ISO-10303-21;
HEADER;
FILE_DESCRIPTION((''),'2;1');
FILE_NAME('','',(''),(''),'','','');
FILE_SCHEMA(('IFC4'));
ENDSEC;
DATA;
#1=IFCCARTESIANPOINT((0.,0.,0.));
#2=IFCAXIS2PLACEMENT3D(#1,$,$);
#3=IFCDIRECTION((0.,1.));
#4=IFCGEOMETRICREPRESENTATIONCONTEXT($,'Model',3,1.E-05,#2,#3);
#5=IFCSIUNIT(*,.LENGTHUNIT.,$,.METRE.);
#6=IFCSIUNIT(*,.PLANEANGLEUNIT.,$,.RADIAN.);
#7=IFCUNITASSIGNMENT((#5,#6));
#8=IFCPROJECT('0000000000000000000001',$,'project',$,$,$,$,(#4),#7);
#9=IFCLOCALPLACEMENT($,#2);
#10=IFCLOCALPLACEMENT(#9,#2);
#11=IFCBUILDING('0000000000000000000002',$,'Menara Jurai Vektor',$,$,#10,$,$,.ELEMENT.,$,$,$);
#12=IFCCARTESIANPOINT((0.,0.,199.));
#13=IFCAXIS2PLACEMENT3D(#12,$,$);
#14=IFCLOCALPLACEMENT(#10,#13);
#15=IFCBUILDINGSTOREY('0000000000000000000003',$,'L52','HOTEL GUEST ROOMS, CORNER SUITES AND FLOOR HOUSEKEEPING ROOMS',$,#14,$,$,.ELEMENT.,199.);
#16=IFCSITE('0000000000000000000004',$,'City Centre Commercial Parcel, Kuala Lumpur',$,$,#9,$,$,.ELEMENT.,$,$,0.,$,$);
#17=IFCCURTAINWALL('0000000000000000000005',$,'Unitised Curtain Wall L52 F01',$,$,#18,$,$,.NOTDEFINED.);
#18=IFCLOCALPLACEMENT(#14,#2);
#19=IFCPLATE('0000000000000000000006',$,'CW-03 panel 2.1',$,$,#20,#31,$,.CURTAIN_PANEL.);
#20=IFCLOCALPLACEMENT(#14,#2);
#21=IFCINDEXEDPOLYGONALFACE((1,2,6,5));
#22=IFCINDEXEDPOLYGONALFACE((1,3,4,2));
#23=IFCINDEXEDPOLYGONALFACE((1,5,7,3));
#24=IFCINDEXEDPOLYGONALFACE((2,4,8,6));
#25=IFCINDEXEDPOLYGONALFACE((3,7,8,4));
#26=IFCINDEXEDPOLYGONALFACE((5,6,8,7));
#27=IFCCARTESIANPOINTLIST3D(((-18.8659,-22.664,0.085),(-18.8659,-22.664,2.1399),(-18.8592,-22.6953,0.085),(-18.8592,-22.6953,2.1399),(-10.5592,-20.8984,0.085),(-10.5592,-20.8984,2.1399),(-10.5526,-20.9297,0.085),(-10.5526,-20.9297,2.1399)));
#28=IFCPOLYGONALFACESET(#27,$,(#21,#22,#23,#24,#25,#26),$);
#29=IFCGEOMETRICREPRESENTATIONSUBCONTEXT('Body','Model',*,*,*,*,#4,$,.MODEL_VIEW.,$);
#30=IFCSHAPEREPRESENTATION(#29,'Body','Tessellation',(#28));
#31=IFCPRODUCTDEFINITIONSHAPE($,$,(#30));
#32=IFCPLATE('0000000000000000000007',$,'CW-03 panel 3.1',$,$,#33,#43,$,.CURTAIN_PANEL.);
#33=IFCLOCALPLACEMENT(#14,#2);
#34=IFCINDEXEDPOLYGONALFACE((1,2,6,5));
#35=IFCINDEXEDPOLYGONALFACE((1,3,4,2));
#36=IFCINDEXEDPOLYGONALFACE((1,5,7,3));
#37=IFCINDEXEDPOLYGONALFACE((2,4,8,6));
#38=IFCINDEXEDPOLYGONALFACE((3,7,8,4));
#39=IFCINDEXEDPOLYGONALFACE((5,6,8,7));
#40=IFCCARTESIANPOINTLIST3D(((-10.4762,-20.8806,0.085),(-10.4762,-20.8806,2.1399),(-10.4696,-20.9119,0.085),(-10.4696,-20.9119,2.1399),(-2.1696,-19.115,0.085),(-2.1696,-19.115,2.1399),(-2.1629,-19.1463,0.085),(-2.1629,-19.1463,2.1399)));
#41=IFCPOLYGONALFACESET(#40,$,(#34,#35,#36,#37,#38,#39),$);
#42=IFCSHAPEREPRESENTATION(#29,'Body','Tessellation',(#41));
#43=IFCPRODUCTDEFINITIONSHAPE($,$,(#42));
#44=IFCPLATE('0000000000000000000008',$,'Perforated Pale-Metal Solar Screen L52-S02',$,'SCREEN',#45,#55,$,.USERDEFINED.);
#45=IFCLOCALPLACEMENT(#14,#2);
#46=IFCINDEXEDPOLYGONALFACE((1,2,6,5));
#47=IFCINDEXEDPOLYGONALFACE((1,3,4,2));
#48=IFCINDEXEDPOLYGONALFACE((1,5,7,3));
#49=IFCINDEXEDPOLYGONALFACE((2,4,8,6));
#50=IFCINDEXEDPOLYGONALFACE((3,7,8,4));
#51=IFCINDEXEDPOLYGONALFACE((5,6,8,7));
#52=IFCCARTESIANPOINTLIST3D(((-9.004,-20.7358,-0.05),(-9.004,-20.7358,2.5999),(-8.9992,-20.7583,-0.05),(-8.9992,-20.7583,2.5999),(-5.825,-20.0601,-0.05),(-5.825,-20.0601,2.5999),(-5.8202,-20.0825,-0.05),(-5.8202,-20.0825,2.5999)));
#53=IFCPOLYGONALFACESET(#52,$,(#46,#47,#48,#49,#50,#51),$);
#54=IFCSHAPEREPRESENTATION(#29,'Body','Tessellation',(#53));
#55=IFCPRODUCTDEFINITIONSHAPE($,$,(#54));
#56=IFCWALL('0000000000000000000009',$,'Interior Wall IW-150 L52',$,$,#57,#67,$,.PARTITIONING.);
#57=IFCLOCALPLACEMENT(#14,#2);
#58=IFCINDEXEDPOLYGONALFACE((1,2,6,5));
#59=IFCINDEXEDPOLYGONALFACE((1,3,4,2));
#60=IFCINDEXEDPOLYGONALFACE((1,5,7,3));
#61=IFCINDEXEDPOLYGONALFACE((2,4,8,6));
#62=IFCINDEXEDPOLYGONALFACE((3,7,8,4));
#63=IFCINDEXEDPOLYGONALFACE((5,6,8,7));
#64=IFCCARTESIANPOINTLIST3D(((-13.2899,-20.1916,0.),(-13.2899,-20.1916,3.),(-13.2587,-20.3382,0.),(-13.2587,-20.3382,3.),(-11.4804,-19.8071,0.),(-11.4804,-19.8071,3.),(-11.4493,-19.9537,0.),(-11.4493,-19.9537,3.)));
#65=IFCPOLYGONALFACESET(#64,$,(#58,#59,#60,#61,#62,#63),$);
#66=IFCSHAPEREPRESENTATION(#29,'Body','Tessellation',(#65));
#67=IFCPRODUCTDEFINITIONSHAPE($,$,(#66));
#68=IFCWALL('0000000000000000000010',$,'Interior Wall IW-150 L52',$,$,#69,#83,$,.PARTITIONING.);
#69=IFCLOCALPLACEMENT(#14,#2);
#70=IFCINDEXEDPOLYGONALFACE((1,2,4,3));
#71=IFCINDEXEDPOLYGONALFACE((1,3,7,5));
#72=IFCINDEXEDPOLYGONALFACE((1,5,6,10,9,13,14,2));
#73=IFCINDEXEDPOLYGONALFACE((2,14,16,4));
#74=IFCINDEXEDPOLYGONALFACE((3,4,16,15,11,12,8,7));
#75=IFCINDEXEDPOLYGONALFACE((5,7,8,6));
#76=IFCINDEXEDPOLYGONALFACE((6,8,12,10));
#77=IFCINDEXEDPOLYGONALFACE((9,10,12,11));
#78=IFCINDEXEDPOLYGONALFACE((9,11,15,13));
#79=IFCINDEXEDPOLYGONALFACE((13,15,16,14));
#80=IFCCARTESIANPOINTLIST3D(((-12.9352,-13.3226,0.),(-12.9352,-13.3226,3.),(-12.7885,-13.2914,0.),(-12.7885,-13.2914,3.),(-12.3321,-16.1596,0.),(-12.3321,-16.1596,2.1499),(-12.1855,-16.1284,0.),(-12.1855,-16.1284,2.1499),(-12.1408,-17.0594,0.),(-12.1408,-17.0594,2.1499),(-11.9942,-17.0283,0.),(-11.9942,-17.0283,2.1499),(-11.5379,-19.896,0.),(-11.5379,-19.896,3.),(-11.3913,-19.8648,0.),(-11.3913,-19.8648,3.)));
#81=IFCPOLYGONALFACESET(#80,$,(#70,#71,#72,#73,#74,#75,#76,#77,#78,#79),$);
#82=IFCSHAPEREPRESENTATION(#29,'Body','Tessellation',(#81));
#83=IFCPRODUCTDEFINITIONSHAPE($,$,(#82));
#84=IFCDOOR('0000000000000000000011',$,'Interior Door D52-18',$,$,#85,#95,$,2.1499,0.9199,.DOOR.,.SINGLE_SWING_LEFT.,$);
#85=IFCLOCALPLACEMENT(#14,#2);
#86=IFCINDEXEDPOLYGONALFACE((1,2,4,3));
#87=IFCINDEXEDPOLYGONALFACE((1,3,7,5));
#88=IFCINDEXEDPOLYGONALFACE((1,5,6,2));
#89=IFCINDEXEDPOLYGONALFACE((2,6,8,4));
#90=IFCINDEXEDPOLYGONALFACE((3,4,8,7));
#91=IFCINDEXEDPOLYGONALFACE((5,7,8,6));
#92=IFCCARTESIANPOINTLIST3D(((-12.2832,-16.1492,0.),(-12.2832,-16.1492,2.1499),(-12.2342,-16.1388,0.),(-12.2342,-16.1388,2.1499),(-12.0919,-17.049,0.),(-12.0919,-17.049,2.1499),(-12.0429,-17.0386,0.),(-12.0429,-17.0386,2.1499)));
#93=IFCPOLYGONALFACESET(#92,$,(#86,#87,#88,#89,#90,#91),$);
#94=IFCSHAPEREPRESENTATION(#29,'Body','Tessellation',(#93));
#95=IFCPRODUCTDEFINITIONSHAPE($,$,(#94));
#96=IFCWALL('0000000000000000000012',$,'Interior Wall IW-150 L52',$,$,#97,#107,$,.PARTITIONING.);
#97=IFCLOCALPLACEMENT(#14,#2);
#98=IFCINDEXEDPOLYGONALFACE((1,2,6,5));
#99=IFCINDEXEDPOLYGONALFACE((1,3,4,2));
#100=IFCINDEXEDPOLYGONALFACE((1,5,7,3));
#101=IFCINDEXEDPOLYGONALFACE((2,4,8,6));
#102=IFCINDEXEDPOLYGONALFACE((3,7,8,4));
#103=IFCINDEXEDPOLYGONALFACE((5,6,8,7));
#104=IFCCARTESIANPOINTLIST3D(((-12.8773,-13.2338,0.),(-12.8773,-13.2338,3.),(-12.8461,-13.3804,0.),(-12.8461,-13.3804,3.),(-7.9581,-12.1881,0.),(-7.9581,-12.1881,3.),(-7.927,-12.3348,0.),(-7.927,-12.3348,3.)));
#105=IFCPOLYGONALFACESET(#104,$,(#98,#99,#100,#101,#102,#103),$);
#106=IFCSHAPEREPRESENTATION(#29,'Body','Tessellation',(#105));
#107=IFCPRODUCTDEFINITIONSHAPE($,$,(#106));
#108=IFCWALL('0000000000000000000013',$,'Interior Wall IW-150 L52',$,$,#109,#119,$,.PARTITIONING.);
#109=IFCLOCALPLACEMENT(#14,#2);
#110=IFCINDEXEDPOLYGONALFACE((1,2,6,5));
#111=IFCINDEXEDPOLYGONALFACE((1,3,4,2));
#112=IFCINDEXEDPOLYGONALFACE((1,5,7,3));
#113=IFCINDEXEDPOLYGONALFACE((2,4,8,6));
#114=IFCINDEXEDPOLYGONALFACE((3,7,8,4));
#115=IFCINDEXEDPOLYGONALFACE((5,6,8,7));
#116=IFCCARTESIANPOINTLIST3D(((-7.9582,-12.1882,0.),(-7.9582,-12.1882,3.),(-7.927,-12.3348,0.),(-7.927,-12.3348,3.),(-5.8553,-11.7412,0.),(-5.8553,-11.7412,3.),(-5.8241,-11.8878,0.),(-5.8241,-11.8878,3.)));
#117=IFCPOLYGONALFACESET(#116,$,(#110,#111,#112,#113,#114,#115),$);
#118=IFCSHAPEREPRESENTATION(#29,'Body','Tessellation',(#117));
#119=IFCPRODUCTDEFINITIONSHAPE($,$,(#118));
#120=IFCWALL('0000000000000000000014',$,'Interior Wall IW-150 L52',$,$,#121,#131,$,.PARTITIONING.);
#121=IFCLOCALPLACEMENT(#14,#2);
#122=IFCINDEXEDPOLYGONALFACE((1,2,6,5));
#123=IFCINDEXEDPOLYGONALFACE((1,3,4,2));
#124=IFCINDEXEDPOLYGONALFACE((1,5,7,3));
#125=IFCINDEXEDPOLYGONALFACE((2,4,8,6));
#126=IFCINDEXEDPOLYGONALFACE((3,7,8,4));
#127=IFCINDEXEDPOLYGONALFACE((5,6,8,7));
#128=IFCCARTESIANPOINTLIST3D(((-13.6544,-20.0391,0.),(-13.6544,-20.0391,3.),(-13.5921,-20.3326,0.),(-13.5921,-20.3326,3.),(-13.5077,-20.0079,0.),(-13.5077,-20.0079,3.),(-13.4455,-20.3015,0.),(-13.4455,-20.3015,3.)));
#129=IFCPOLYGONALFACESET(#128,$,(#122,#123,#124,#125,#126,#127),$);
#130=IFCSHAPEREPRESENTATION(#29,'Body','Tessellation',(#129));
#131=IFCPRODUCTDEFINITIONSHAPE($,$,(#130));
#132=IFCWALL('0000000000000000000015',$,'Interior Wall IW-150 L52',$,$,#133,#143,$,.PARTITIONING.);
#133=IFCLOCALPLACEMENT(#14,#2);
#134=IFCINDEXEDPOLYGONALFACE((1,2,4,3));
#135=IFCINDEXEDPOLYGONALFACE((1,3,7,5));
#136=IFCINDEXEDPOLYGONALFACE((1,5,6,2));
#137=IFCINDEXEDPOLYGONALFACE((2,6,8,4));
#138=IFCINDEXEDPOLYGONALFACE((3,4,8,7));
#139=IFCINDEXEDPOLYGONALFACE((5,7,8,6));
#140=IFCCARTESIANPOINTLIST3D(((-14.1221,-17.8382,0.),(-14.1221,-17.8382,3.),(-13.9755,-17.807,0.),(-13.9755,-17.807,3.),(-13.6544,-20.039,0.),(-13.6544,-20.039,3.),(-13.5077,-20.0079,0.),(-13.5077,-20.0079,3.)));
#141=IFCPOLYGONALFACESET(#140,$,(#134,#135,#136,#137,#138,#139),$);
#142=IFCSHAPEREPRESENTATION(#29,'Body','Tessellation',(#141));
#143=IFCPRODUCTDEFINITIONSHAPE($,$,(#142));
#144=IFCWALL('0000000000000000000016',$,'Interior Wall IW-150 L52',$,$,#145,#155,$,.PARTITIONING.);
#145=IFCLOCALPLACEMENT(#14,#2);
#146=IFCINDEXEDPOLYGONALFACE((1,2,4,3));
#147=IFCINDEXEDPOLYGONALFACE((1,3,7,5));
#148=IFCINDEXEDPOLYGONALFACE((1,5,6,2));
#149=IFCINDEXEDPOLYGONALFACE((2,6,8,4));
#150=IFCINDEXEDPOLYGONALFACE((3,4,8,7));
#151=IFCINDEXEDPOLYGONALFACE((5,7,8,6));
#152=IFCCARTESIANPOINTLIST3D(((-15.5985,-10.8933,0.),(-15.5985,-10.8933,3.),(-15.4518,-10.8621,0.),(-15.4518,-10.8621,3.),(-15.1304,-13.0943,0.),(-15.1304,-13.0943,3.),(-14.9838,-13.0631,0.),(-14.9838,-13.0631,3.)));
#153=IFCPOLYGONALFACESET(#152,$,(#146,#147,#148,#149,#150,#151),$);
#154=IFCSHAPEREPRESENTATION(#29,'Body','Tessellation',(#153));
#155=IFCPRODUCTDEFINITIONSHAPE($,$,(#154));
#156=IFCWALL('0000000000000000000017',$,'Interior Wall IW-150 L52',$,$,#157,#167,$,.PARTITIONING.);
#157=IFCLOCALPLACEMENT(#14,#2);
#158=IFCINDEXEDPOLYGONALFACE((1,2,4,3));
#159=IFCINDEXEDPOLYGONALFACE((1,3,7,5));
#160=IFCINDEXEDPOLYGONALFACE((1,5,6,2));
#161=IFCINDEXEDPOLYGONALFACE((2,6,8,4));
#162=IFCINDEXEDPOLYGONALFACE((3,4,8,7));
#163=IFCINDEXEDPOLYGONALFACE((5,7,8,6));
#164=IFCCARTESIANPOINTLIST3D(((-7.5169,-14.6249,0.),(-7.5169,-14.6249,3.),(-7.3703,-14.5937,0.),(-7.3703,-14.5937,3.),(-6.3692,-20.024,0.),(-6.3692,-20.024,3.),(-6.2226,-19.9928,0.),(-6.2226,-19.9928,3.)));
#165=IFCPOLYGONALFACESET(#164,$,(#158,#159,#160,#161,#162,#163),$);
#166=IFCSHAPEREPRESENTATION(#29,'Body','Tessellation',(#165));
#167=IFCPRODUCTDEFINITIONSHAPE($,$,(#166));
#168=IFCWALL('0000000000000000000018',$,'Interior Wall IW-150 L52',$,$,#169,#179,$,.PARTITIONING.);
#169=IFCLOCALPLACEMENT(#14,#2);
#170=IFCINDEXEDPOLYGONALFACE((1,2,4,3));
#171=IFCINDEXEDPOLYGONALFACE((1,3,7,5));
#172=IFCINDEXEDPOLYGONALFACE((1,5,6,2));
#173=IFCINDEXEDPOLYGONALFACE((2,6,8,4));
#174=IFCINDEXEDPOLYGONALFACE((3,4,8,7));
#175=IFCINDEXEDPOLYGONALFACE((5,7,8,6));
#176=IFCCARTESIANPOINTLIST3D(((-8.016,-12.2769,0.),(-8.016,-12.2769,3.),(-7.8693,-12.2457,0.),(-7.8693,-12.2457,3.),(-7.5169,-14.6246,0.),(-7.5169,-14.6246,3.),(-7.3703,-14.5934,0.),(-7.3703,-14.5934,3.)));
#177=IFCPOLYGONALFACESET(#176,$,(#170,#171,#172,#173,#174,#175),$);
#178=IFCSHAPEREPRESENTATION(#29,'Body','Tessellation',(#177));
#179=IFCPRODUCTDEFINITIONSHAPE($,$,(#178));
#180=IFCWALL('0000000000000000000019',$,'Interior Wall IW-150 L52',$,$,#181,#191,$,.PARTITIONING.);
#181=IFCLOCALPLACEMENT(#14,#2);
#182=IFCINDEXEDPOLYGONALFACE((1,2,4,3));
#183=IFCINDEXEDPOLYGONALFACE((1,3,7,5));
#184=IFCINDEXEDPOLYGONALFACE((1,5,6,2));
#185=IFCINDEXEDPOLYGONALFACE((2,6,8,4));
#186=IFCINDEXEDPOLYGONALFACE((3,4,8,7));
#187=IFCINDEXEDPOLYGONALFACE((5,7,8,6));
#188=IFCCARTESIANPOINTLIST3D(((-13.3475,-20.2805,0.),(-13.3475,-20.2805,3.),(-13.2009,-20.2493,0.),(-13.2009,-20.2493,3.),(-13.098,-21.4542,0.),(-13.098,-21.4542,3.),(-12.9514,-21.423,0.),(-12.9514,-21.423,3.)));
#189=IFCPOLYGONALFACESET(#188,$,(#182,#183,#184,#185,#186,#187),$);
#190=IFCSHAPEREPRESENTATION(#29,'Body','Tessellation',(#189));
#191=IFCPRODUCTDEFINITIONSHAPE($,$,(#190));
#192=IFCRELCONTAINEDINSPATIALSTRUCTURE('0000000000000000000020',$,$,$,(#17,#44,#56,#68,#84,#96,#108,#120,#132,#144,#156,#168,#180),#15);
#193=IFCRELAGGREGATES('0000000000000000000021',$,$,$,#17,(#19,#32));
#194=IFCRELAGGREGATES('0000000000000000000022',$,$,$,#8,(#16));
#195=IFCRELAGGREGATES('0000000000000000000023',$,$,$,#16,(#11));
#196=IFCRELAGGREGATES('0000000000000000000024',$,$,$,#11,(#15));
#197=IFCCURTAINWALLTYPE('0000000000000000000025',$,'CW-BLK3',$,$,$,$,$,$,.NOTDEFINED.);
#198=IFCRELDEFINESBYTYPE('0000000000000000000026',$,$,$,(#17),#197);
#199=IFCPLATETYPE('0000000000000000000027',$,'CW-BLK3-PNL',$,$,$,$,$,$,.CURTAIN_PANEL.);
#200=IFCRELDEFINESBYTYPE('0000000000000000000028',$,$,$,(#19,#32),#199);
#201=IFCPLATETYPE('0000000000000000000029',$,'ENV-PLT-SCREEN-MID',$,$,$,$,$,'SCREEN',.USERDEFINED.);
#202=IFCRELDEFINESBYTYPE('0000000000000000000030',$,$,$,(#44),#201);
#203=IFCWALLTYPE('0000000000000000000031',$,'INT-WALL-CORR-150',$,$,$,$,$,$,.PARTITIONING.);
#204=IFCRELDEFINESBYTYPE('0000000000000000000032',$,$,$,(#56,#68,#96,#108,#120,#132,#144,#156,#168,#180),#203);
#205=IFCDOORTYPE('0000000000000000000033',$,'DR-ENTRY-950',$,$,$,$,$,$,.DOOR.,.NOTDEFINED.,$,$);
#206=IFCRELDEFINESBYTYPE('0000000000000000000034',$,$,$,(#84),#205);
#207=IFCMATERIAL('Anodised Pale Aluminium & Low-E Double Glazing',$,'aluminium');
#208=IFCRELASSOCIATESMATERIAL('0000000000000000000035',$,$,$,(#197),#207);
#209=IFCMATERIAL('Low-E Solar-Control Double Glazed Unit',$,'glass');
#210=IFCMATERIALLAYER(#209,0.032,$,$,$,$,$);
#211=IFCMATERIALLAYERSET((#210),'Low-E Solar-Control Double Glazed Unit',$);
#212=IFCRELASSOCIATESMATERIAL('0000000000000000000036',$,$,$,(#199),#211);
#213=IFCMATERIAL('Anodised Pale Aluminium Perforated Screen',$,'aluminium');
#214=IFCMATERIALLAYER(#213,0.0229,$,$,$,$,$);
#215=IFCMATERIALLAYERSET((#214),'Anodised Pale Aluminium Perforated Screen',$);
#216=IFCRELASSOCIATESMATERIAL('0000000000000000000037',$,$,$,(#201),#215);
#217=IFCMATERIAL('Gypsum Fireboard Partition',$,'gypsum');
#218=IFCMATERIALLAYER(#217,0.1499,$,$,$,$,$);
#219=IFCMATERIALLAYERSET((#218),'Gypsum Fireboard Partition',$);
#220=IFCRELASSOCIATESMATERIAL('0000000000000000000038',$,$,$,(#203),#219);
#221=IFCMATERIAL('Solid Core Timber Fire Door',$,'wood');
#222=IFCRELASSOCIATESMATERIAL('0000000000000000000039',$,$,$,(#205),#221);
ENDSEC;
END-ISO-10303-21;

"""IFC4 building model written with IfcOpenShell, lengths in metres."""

from ifc_helpers import new_model, si_unit, direction, frame, frame_2d, origin, origin_2d, place, context, subcontext, project, spatial, rectangle, extrude, material, layer, layer_set, type_object, element, fill, aggregate, save


model = new_model("IFC4")

# Units and contexts
model_context = context("Model", 3, precision=1e-05, world=origin(), true_north=direction((0.0, 1.0)))
body_context = subcontext(model_context, "Body", "Model", "MODEL_VIEW")
ifc_project = project(units=[si_unit("LENGTHUNIT", "METRE"), si_unit("PLANEANGLEUNIT", "RADIAN")], contexts=[model_context])

# Site, building, storey
site_placement = place(None, origin())
site = spatial("IfcSite", under=ifc_project, at=site_placement, Name="City Centre Commercial Parcel, Kuala Lumpur", CompositionType="ELEMENT", RefElevation=0.0)
building_placement = place(site_placement, origin())
building = spatial("IfcBuilding", under=site, at=building_placement, Name="Menara Jurai Vektor", CompositionType="ELEMENT")
storey_placement = place(building_placement, frame((0.0, 0.0, 199.0)))
storey = spatial("IfcBuildingStorey", under=building, at=storey_placement, Name="L52", Description="HOTEL GUEST ROOMS, CORNER SUITES AND FLOOR HOUSEKEEPING ROOMS", CompositionType="ELEMENT", Elevation=199.0)

# Curtain wall
ifc_material_1 = material(Name="Anodised Pale Aluminium & Low-E Double Glazing", Category="aluminium")
curtain_wall_type = type_object("IfcCurtainWallType", Name="CW-BLK3", PredefinedType="NOTDEFINED", material=ifc_material_1)
curtain_wall_placement = place(storey_placement, origin())
curtain_wall = element("IfcCurtainWall", 1, at=curtain_wall_placement, inside=storey, type_object=curtain_wall_type, Name="Unitised Curtain Wall L52 F01", PredefinedType="NOTDEFINED")

# Plates
ifc_material_2 = material(Name="Low-E Solar-Control Double Glazed Unit", Category="glass")
ifc_layer_1 = layer(ifc_material_2, 0.032)
ifc_layer_set_1 = layer_set([ifc_layer_1], Name="Low-E Solar-Control Double Glazed Unit")
plate_type_1 = type_object("IfcPlateType", Name="CW-BLK3-PNL", PredefinedType="CURTAIN_PANEL", material=ifc_layer_set_1)
plate_1_placement = place(storey_placement, frame((-14.7092, -21.7969, 0.085), z_axis=(0.0, 0.0, 1.0), x_axis=(0.978148, 0.207911, 0.0)))
plate_1 = element("IfcPlate", 2, at=plate_1_placement, type_object=plate_type_1, Name="CW-03 panel 2.1", PredefinedType="CURTAIN_PANEL", context=body_context, shape_type="SweptSolid", body=[
    extrude(rectangle(XDim=8.4922, YDim=0.032, at=origin_2d()), origin(), (0.0, 0.0, 1.0), 2.0549),
])
plate_2_placement = place(storey_placement, frame((-6.3196, -20.0134, 0.085), z_axis=(0.0, 0.0, 1.0), x_axis=(0.978148, 0.207911, 0.0)))
plate_2 = element("IfcPlate", 3, at=plate_2_placement, type_object=plate_type_1, Name="CW-03 panel 3.1", PredefinedType="CURTAIN_PANEL", context=body_context, shape_type="SweptSolid", body=[
    extrude(rectangle(XDim=8.4922, YDim=0.032, at=origin_2d()), origin(), (0.0, 0.0, 1.0), 2.0549),
])
aggregate(curtain_wall, [plate_1, plate_2])
ifc_material_3 = material(Name="Anodised Pale Aluminium Perforated Screen", Category="aluminium")
ifc_layer_2 = layer(ifc_material_3, 0.0229)
ifc_layer_set_2 = layer_set([ifc_layer_2], Name="Anodised Pale Aluminium Perforated Screen")
plate_type_2 = type_object("IfcPlateType", Name="ENV-PLT-SCREEN-MID", ElementType="SCREEN", PredefinedType="USERDEFINED", material=ifc_layer_set_2)
plate_3_placement = place(storey_placement, frame((-7.4121, -20.4092, -0.05), z_axis=(0.0, 0.0, 1.0), x_axis=(0.978148, 0.207912, 0.0)))
element("IfcPlate", 4, at=plate_3_placement, inside=storey, type_object=plate_type_2, Name="Perforated Pale-Metal Solar Screen L52-S02", ObjectType="SCREEN", PredefinedType="USERDEFINED", context=body_context, shape_type="SweptSolid", body=[
    extrude(rectangle(XDim=3.25, YDim=0.0229, at=origin_2d()), origin(), (0.0, 0.0, 1.0), 2.6499),
])

# Wall
ifc_material_4 = material(Name="Gypsum Fireboard Partition", Category="gypsum")
ifc_layer_3 = layer(ifc_material_4, 0.1499)
ifc_layer_set_3 = layer_set([ifc_layer_3], Name="Gypsum Fireboard Partition")
wall_type = type_object("IfcWallType", Name="INT-WALL-CORR-150", PredefinedType="PARTITIONING", material=ifc_layer_set_3)
wall_1_placement = place(storey_placement, frame((-13.2742, -20.2649, 0.0), z_axis=(0.0, 0.0, 1.0), x_axis=(0.97816, 0.207852, 0.0)))
element("IfcWall", 5, at=wall_1_placement, inside=storey, type_object=wall_type, Name="Interior Wall IW-150 L52", PredefinedType="PARTITIONING", context=body_context, shape_type="SweptSolid", body=[
    extrude(rectangle(XDim=1.8499, YDim=0.1499, at=frame_2d((0.9248, 0.0))), origin(), (0.0, 0.0, 1.0), 3.0),
])

# Wall, opening, door
wall_2_placement = place(storey_placement, frame((-11.4646, -19.8804, 0.0), z_axis=(0.0, 0.0, 1.0), x_axis=(-0.207916, 0.978147, 0.0)))
wall_2 = element("IfcWall", 6, at=wall_2_placement, inside=storey, type_object=wall_type, Name="Interior Wall IW-150 L52", PredefinedType="PARTITIONING", context=body_context, shape_type="SweptSolid", body=[
    extrude(rectangle(XDim=6.7202, YDim=0.1499, at=frame_2d((3.3601, 0.0))), origin(), (0.0, 0.0, 1.0), 3.0),
])
opening_1_placement = place(wall_2_placement, frame((2.8999, 0.0, 0.0)))
opening_1 = element("IfcOpeningElement", 7, at=opening_1_placement, cuts=wall_2, PredefinedType="OPENING", context=body_context, shape_type="SweptSolid", body=[
    extrude(rectangle(XDim=0.9199, YDim=2.1499, at=frame_2d((0.46, 1.075))), frame((0.0, 0.085, 0.0), z_axis=(0.0, -1.0, 0.0), x_axis=(1.0, 0.0, 0.0)), (0.0, 0.0, 1.0), 0.1699),
])
ifc_material_5 = material(Name="Solid Core Timber Fire Door", Category="wood")
door_type_1 = type_object("IfcDoorType", Name="DR-ENTRY-950", OperationType="NOTDEFINED", PredefinedType="DOOR", material=ifc_material_5)
door_1_placement = place(opening_1_placement, origin())
door_1 = element("IfcDoor", 8, at=door_1_placement, inside=storey, type_object=door_type_1, Name="Interior Door D52-18", OperationType="SINGLE_SWING_LEFT", OverallHeight=2.1499, OverallWidth=0.9199, PredefinedType="DOOR", context=body_context, shape_type="SweptSolid", body=[
    extrude(rectangle(XDim=0.9199, YDim=2.1499, at=frame_2d((0.46, 1.075))), frame((0.0, 0.0249, 0.0), z_axis=(0.0, -1.0, 0.0), x_axis=(1.0, 0.0, 0.0)), (0.0, 0.0, 1.0), 0.05),
])
fill(opening_1, door_1)

# Walls
wall_3_placement = place(storey_placement, frame((-12.8618, -13.3071, 0.0), z_axis=(0.0, 0.0, 1.0), x_axis=(0.978146, 0.207921, 0.0)))
element("IfcWall", 9, at=wall_3_placement, inside=storey, type_object=wall_type, Name="Interior Wall IW-150 L52", PredefinedType="PARTITIONING", context=body_context, shape_type="SweptSolid", body=[
    extrude(rectangle(XDim=5.0291, YDim=0.1499, at=frame_2d((2.5146, 0.0))), origin(), (0.0, 0.0, 1.0), 3.0),
])
wall_4_placement = place(storey_placement, frame((-7.9426, -12.2615, 0.0), z_axis=(0.0, 0.0, 1.0), x_axis=(0.978147, 0.207916, 0.0)))
element("IfcWall", 10, at=wall_4_placement, inside=storey, type_object=wall_type, Name="Interior Wall IW-150 L52", PredefinedType="PARTITIONING", context=body_context, shape_type="SweptSolid", body=[
    extrude(rectangle(XDim=2.1499, YDim=0.1499, at=frame_2d((1.075, 0.0))), origin(), (0.0, 0.0, 1.0), 3.0),
])
wall_5_placement = place(storey_placement, frame((-13.5188, -20.3169, 0.0), z_axis=(0.0, 0.0, 1.0), x_axis=(-0.207528, 0.978229, 0.0)))
element("IfcWall", 11, at=wall_5_placement, inside=storey, type_object=wall_type, Name="Interior Wall IW-150 L52", PredefinedType="PARTITIONING", context=body_context, shape_type="SweptSolid", body=[
    extrude(rectangle(XDim=0.3, YDim=0.1499, at=frame_2d((0.1499, 0.0))), origin(), (0.0, 0.0, 1.0), 3.0),
])

# Walls
wall_6_placement = place(storey_placement, frame((-13.5811, -20.0234, 0.0), z_axis=(0.0, 0.0, 1.0), x_axis=(-0.207891, 0.978152, 0.0)))
element("IfcWall", 12, at=wall_6_placement, inside=storey, type_object=wall_type, Name="Interior Wall IW-150 L52", PredefinedType="PARTITIONING", context=body_context, shape_type="SweptSolid", body=[
    extrude(rectangle(XDim=2.25, YDim=0.1499, at=frame_2d((1.125, 0.0))), origin(), (0.0, 0.0, 1.0), 3.0),
])
wall_7_placement = place(storey_placement, frame((-15.0571, -13.0786, 0.0), z_axis=(0.0, 0.0, 1.0), x_axis=(-0.207995, 0.97813, 0.0)))
element("IfcWall", 13, at=wall_7_placement, inside=storey, type_object=wall_type, Name="Interior Wall IW-150 L52", PredefinedType="PARTITIONING", context=body_context, shape_type="SweptSolid", body=[
    extrude(rectangle(XDim=2.2502, YDim=0.1499, at=frame_2d((1.125, 0.0))), origin(), (0.0, 0.0, 1.0), 3.0),
])
wall_8_placement = place(storey_placement, frame((-6.2959, -20.0083, 0.0), z_axis=(0.0, 0.0, 1.0), x_axis=(-0.207925, 0.978145, 0.0)))
element("IfcWall", 14, at=wall_8_placement, inside=storey, type_object=wall_type, Name="Interior Wall IW-150 L52", PredefinedType="PARTITIONING", context=body_context, shape_type="SweptSolid", body=[
    extrude(rectangle(XDim=5.5198, YDim=0.1499, at=frame_2d((2.7598, 0.0))), origin(), (0.0, 0.0, 1.0), 3.0),
])
wall_9_placement = place(storey_placement, frame((-7.4436, -14.6091, 0.0), z_axis=(0.0, 0.0, 1.0), x_axis=(-0.207917, 0.978146, 0.0)))
element("IfcWall", 15, at=wall_9_placement, inside=storey, type_object=wall_type, Name="Interior Wall IW-150 L52", PredefinedType="PARTITIONING", context=body_context, shape_type="SweptSolid", body=[
    extrude(rectangle(XDim=2.4001, YDim=0.1499, at=frame_2d((1.2002, 0.0))), origin(), (0.0, 0.0, 1.0), 3.0),
])
wall_10_placement = place(storey_placement, frame((-13.0247, -21.4387, 0.0), z_axis=(0.0, 0.0, 1.0), x_axis=(-0.207917, 0.978146, 0.0)))
element("IfcWall", 16, at=wall_10_placement, inside=storey, type_object=wall_type, Name="Interior Wall IW-150 L52", PredefinedType="PARTITIONING", context=body_context, shape_type="SweptSolid", body=[
    extrude(rectangle(XDim=1.2, YDim=0.1499, at=frame_2d((0.6001, 0.0))), origin(), (0.0, 0.0, 1.0), 3.0),
])

save(model, "model.ifc")
